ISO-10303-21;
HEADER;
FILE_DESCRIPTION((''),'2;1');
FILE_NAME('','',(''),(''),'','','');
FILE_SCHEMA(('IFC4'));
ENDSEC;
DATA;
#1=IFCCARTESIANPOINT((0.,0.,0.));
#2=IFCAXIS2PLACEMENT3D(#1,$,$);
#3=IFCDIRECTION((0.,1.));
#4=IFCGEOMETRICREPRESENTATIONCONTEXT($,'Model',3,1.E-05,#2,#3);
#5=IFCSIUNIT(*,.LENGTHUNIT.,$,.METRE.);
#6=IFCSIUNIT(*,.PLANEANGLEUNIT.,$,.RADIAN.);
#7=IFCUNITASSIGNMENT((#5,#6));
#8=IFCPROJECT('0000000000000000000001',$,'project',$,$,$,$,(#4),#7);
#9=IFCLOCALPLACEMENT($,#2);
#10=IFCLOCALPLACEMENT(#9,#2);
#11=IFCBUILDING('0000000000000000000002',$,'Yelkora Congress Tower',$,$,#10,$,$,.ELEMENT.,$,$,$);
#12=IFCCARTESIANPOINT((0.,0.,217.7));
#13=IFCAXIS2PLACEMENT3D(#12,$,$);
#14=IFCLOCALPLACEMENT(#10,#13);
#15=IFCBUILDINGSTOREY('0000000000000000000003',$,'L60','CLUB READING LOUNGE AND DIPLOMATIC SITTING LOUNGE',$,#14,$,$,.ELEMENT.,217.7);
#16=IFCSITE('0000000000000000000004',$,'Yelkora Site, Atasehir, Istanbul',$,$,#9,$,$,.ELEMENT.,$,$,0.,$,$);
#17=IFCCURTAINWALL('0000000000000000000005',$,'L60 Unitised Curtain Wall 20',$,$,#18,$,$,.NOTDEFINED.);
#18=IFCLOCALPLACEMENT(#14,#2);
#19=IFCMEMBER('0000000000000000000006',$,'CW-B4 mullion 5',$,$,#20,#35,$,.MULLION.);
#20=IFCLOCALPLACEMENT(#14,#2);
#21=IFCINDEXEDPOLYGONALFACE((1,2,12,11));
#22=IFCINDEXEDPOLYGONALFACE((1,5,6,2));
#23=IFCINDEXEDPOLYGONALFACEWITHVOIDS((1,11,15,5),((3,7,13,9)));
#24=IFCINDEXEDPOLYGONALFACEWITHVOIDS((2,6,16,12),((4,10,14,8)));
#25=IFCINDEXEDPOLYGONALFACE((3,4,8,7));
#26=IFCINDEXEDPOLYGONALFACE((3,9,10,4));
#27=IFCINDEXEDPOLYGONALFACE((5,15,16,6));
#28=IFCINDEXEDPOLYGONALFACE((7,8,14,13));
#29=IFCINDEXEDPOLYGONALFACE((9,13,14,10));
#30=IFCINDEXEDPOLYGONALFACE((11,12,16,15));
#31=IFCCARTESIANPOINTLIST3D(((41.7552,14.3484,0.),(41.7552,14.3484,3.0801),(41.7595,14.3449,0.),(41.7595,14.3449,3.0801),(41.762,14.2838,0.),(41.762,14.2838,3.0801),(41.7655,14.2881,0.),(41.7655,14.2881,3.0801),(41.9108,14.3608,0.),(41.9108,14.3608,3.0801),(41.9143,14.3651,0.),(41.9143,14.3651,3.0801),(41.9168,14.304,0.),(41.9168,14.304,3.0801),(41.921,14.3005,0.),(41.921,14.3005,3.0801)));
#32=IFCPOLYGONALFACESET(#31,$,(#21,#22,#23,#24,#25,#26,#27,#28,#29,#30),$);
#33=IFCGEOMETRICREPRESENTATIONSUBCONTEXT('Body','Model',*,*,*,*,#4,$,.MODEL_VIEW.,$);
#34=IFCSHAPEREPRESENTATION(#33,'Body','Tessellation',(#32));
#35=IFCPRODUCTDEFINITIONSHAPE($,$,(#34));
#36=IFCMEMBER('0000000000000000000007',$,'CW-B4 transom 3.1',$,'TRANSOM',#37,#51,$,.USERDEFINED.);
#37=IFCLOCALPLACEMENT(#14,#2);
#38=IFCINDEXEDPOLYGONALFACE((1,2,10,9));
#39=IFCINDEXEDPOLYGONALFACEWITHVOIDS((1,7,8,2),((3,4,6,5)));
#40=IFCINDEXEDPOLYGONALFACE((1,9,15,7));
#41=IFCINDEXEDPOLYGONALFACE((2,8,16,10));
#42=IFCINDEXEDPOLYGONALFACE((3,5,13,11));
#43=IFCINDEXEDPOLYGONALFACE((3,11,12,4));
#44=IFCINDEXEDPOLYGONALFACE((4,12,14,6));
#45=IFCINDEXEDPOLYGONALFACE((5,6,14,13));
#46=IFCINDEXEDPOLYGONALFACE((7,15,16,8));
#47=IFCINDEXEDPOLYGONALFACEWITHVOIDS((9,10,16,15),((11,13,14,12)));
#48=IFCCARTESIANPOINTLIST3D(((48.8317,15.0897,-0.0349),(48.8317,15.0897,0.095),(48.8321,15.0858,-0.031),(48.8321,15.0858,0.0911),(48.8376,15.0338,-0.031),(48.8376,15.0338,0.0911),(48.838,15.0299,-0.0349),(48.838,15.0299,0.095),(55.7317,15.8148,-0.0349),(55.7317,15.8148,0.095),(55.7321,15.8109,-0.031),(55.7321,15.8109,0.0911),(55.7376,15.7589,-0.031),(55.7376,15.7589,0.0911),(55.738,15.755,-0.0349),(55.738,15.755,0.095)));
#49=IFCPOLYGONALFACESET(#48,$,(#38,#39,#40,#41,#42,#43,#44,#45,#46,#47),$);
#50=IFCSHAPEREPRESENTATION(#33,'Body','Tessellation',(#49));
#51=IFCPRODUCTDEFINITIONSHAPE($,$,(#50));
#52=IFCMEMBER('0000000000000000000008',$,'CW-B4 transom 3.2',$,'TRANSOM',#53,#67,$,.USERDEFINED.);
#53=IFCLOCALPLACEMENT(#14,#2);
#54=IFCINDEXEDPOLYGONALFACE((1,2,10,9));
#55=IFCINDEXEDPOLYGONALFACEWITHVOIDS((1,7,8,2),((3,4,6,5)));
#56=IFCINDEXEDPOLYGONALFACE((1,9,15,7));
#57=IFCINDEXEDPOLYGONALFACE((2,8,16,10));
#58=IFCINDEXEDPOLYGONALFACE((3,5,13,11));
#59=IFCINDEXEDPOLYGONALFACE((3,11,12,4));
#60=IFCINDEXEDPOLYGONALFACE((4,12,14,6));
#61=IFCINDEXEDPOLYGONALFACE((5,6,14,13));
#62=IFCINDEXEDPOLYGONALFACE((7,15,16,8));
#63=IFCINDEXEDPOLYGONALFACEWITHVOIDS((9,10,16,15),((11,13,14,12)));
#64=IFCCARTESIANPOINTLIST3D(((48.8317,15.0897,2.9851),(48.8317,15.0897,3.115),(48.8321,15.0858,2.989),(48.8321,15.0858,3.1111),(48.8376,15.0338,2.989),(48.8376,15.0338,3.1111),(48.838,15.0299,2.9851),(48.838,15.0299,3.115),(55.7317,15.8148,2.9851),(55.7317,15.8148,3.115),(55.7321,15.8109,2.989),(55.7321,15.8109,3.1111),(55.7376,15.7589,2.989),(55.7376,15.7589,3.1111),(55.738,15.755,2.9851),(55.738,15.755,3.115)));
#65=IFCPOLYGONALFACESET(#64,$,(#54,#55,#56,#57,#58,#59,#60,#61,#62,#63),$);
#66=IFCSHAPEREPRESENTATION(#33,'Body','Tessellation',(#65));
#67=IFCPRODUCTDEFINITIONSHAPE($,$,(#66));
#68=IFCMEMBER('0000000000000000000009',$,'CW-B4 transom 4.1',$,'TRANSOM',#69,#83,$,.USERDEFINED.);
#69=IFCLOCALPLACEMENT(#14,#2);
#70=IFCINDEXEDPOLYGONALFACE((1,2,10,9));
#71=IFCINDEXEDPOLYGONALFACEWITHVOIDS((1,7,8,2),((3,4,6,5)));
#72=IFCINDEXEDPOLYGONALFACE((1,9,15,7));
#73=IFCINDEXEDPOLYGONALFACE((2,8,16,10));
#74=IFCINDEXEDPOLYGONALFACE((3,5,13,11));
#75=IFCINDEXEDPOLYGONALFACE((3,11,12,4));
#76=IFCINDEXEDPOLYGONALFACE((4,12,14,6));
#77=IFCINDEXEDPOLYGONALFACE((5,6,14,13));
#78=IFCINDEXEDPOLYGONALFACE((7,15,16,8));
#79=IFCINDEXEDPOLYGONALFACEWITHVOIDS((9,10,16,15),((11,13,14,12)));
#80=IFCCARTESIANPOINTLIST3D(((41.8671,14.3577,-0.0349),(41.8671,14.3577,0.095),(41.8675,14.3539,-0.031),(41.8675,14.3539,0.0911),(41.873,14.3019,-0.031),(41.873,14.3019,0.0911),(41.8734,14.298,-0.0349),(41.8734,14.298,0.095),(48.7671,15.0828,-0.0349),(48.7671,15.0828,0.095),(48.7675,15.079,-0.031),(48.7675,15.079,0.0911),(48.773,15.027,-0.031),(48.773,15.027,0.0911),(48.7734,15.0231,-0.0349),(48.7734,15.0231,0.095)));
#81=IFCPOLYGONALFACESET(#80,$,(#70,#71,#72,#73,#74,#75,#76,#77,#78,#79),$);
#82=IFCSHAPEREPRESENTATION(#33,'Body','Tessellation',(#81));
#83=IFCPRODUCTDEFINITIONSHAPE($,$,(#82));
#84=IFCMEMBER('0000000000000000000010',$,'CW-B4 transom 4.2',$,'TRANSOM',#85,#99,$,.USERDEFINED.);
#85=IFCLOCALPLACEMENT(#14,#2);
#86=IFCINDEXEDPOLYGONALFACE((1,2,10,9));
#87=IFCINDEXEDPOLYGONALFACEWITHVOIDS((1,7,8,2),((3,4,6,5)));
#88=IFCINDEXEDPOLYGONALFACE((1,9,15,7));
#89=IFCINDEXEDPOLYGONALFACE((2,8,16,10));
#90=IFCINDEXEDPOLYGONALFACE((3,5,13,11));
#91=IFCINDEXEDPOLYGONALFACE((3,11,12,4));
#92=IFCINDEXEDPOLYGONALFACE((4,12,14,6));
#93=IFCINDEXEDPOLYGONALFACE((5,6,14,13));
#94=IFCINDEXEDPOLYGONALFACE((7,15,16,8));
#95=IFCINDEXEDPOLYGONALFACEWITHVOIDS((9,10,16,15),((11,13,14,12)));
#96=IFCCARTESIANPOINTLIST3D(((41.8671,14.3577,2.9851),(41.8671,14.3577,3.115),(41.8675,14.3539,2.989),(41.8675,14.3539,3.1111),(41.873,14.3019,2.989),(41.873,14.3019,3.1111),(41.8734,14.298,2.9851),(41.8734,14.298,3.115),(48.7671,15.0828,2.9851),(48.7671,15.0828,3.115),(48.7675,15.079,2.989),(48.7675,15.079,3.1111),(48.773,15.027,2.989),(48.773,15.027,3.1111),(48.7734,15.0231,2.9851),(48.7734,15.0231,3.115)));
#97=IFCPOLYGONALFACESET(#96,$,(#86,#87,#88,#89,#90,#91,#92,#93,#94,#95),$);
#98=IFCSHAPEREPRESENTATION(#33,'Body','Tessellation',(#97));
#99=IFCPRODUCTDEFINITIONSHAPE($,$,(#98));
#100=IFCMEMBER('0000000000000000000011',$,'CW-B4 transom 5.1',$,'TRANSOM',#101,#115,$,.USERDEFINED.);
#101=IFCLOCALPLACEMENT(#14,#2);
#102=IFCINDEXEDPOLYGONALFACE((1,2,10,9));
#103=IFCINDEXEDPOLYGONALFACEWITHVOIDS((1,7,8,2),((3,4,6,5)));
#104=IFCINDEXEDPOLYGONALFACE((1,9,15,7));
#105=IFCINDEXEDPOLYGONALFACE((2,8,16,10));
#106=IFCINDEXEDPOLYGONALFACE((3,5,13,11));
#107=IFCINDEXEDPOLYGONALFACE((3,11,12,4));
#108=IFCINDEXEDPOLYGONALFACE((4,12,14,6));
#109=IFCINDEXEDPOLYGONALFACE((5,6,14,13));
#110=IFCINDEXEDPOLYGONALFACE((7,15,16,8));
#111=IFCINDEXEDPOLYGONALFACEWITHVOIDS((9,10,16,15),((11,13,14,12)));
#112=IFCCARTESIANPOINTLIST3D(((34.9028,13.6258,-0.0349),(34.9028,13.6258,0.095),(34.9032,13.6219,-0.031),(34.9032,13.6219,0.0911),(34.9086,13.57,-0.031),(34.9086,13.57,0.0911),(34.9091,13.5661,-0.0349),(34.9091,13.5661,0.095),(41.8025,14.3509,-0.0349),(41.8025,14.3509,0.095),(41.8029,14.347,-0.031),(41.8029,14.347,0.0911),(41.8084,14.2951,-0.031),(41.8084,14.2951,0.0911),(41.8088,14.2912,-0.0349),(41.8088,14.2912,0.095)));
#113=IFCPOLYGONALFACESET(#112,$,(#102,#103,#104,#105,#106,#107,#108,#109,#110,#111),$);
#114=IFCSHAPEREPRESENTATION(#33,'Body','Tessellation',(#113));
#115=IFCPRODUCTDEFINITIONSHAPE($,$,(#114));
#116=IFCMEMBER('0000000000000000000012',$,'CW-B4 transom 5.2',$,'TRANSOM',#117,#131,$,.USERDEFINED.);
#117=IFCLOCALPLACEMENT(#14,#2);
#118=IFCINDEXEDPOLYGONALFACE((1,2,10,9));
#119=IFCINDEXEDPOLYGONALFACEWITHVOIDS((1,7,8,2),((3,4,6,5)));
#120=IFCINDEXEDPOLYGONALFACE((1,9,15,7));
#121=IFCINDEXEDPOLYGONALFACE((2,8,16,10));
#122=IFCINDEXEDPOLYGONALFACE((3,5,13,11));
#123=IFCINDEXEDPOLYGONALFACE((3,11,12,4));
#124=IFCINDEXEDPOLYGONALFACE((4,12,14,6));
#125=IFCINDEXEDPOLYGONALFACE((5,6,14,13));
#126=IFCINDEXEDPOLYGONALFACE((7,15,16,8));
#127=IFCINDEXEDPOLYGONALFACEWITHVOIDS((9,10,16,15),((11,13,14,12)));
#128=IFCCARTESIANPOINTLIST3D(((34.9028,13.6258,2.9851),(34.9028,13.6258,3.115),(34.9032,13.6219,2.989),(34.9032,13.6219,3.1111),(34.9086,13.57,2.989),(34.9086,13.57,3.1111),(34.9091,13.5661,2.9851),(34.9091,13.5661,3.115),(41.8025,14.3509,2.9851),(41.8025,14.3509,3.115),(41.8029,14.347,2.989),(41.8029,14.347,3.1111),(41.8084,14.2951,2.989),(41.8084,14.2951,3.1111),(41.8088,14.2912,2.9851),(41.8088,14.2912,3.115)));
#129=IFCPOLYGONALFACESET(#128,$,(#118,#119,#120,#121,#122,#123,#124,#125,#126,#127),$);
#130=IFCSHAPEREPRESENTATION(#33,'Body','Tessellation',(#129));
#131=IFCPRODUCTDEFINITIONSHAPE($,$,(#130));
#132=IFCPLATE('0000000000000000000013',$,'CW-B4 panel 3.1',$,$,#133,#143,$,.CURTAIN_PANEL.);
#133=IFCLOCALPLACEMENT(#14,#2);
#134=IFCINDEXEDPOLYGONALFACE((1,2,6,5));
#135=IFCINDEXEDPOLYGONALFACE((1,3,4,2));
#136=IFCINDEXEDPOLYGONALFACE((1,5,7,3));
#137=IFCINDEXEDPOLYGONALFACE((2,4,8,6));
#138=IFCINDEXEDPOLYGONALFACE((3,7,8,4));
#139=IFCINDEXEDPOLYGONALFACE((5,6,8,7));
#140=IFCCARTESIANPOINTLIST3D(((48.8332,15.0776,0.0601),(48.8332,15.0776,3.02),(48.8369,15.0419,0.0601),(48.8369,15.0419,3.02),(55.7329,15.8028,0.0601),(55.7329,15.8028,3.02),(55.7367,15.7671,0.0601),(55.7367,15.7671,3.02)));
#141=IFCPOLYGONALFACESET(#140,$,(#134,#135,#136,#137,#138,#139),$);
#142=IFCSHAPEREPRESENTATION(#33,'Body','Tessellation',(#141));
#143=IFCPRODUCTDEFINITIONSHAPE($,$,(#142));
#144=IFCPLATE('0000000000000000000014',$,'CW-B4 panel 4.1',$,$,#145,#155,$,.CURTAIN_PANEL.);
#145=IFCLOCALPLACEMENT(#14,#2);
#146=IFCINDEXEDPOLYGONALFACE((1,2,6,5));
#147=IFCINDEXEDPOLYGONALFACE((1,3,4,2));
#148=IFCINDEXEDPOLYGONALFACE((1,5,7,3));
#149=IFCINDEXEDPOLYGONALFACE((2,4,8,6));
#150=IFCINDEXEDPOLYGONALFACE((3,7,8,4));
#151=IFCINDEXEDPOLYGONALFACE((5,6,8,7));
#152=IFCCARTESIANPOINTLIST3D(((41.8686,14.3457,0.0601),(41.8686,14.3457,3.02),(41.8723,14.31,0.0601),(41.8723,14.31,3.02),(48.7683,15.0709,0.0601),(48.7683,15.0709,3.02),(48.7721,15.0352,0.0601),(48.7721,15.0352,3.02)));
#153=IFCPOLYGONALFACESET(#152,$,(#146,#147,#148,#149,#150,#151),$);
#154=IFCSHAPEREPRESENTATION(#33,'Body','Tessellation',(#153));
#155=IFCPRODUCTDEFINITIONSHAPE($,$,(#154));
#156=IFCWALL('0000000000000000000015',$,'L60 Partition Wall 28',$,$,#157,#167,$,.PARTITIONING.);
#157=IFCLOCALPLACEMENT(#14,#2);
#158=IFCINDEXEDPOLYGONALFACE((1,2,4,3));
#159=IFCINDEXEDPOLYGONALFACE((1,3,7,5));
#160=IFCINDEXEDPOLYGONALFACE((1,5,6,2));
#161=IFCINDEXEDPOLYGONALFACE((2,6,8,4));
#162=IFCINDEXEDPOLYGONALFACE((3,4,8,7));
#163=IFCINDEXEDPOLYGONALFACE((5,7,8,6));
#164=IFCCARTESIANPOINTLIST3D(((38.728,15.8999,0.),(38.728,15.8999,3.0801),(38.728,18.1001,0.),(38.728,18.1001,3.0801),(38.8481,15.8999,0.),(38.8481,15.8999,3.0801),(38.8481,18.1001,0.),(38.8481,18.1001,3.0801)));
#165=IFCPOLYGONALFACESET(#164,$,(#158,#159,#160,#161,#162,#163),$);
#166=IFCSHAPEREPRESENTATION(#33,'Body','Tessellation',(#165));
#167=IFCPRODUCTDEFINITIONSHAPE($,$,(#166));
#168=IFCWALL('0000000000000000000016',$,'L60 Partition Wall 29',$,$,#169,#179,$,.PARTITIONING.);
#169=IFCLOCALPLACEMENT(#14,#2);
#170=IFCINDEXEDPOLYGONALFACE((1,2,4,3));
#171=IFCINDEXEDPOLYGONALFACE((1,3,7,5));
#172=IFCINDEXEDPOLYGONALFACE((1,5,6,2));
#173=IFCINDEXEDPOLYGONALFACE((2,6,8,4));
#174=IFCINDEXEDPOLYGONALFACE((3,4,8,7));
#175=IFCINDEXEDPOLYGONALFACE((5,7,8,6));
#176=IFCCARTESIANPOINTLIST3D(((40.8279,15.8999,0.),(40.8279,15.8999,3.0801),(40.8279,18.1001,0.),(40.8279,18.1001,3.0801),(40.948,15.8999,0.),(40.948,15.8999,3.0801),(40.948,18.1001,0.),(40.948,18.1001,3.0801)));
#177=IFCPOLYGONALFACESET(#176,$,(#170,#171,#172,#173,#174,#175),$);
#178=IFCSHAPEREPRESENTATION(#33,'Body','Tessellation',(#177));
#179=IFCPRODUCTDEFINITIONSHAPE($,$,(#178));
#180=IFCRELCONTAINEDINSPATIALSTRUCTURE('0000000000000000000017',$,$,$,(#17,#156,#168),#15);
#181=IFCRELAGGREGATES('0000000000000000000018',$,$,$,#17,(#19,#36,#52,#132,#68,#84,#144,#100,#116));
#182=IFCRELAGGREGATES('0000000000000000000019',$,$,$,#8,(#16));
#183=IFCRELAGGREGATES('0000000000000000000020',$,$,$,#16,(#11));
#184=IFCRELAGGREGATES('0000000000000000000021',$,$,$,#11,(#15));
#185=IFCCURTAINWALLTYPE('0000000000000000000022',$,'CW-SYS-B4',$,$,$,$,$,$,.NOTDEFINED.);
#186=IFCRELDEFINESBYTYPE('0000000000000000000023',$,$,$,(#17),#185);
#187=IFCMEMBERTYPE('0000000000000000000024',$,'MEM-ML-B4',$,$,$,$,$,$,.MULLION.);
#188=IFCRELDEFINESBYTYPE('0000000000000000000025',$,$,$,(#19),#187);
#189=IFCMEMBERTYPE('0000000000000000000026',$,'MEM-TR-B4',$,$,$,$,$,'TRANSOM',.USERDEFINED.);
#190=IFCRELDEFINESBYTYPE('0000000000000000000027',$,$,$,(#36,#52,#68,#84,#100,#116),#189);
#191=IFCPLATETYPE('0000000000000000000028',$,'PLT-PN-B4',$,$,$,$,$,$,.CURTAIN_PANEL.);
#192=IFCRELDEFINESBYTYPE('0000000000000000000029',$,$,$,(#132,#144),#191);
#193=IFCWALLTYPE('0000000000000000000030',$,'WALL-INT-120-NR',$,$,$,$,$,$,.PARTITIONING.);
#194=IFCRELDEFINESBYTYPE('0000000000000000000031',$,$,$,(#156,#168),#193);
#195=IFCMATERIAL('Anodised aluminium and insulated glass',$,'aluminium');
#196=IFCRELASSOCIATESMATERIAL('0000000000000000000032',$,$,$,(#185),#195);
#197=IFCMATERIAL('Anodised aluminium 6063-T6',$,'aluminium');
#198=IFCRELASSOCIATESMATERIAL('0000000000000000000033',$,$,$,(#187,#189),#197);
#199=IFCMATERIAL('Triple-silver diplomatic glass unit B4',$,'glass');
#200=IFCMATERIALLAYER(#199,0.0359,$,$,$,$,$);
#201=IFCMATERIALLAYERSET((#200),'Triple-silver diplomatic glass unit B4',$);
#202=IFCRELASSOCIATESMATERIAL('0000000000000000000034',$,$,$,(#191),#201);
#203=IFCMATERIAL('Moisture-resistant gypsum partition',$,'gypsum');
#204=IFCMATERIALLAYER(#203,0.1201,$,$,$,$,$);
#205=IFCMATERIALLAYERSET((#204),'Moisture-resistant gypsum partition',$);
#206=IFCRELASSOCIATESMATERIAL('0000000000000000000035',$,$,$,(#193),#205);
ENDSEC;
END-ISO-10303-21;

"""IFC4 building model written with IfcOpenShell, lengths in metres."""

from ifc_helpers import new_model, si_unit, direction, frame, frame_2d, origin, origin_2d, place, context, subcontext, project, spatial, rectangle, hollow_rectangle, extrude, material, layer, layer_set, material_profile, profile_set, type_object, element, aggregate, save


model = new_model("IFC4")

# Units and contexts
model_context = context("Model", 3, precision=1e-05, world=origin(), true_north=direction((0.0, 1.0)))
body_context = subcontext(model_context, "Body", "Model", "MODEL_VIEW")
ifc_project = project(units=[si_unit("LENGTHUNIT", "METRE"), si_unit("PLANEANGLEUNIT", "RADIAN")], contexts=[model_context])

# Site, building, storey
site_placement = place(None, origin())
site = spatial("IfcSite", under=ifc_project, at=site_placement, Name="Yelkora Site, Atasehir, Istanbul", CompositionType="ELEMENT", RefElevation=0.0)
building_placement = place(site_placement, origin())
building = spatial("IfcBuilding", under=site, at=building_placement, Name="Yelkora Congress Tower", CompositionType="ELEMENT")
storey_placement = place(building_placement, frame((0.0, 0.0, 217.7)))
storey = spatial("IfcBuildingStorey", under=building, at=storey_placement, Name="L60", Description="CLUB READING LOUNGE AND DIPLOMATIC SITTING LOUNGE", CompositionType="ELEMENT", Elevation=217.7)

# Curtain wall, members, plates
ifc_material_1 = material(Name="Anodised aluminium and insulated glass", Category="aluminium")
curtain_wall_type = type_object("IfcCurtainWallType", Name="CW-SYS-B4", PredefinedType="NOTDEFINED", material=ifc_material_1)
curtain_wall_placement = place(storey_placement, origin())
curtain_wall = element("IfcCurtainWall", 1, at=curtain_wall_placement, inside=storey, type_object=curtain_wall_type, Name="L60 Unitised Curtain Wall 20", PredefinedType="NOTDEFINED")
ifc_material_2 = material(Name="Anodised aluminium 6063-T6", Category="aluminium")
ifc_material_profile_1 = material_profile(ifc_material_2, hollow_rectangle(XDim=0.0649, YDim=0.1599, WallThickness=0.0039, at=origin_2d()), Name="ALU 65x160x4")
ifc_profile_set_1 = profile_set([ifc_material_profile_1], Name="Anodised aluminium 6063-T6")
member_type_1 = type_object("IfcMemberType", Name="MEM-ML-B4", PredefinedType="MULLION", material=ifc_profile_set_1)
member_1_placement = place(storey_placement, frame((41.8381, 14.3245, 0.0), z_axis=(0.0, 0.0, 1.0), x_axis=(0.104527, -0.994522, 0.0)))
member_1 = element("IfcMember", 2, at=member_1_placement, type_object=member_type_1, Name="CW-B4 mullion 5", PredefinedType="MULLION", context=body_context, shape_type="SweptSolid", body=[
    extrude(hollow_rectangle(XDim=0.0649, YDim=0.1599, WallThickness=0.0039, at=origin_2d()), origin(), (0.0, 0.0, 1.0), 3.0801),
])
ifc_material_profile_2 = material_profile(ifc_material_2, hollow_rectangle(XDim=0.0601, YDim=0.1299, WallThickness=0.0039, at=origin_2d()), Name="ALU 60x130x4")
ifc_profile_set_2 = profile_set([ifc_material_profile_2], Name="Anodised aluminium 6063-T6")
member_type_2 = type_object("IfcMemberType", Name="MEM-TR-B4", ElementType="TRANSOM", PredefinedType="USERDEFINED", material=ifc_profile_set_2)
member_2_placement = place(storey_placement, frame((55.7349, 15.7849, 0.03), z_axis=(-0.994524, -0.104513, 0.0), x_axis=(0.104513, -0.994524, 0.0)))
member_2 = element("IfcMember", 3, at=member_2_placement, type_object=member_type_2, Name="CW-B4 transom 3.1", ObjectType="TRANSOM", PredefinedType="USERDEFINED", context=body_context, shape_type="SweptSolid", body=[
    extrude(hollow_rectangle(XDim=0.0601, YDim=0.1299, WallThickness=0.0039, at=origin_2d()), origin(), (0.0, 0.0, 1.0), 6.938),
])
member_3_placement = place(storey_placement, frame((55.7349, 15.7849, 3.05), z_axis=(-0.994524, -0.104513, 0.0), x_axis=(0.104513, -0.994524, 0.0)))
member_3 = element("IfcMember", 4, at=member_3_placement, type_object=member_type_2, Name="CW-B4 transom 3.2", ObjectType="TRANSOM", PredefinedType="USERDEFINED", context=body_context, shape_type="SweptSolid", body=[
    extrude(hollow_rectangle(XDim=0.0601, YDim=0.1299, WallThickness=0.0039, at=origin_2d()), origin(), (0.0, 0.0, 1.0), 6.938),
])
member_4_placement = place(storey_placement, frame((48.7703, 15.053, 0.03), z_axis=(-0.994524, -0.104513, 0.0), x_axis=(0.104513, -0.994524, 0.0)))
member_4 = element("IfcMember", 5, at=member_4_placement, type_object=member_type_2, Name="CW-B4 transom 4.1", ObjectType="TRANSOM", PredefinedType="USERDEFINED", context=body_context, shape_type="SweptSolid", body=[
    extrude(hollow_rectangle(XDim=0.0601, YDim=0.1299, WallThickness=0.0039, at=origin_2d()), origin(), (0.0, 0.0, 1.0), 6.938),
])
member_5_placement = place(storey_placement, frame((48.7703, 15.053, 3.05), z_axis=(-0.994524, -0.104513, 0.0), x_axis=(0.104513, -0.994524, 0.0)))
member_5 = element("IfcMember", 6, at=member_5_placement, type_object=member_type_2, Name="CW-B4 transom 4.2", ObjectType="TRANSOM", PredefinedType="USERDEFINED", context=body_context, shape_type="SweptSolid", body=[
    extrude(hollow_rectangle(XDim=0.0601, YDim=0.1299, WallThickness=0.0039, at=origin_2d()), origin(), (0.0, 0.0, 1.0), 6.938),
])
member_6_placement = place(storey_placement, frame((41.8057, 14.321, 0.03), z_axis=(-0.994523, -0.104516, 0.0), x_axis=(0.104516, -0.994523, 0.0)))
member_6 = element("IfcMember", 7, at=member_6_placement, type_object=member_type_2, Name="CW-B4 transom 5.1", ObjectType="TRANSOM", PredefinedType="USERDEFINED", context=body_context, shape_type="SweptSolid", body=[
    extrude(hollow_rectangle(XDim=0.0601, YDim=0.1299, WallThickness=0.0039, at=origin_2d()), origin(), (0.0, 0.0, 1.0), 6.9377),
])
member_7_placement = place(storey_placement, frame((41.8057, 14.321, 3.05), z_axis=(-0.994523, -0.104516, 0.0), x_axis=(0.104516, -0.994523, 0.0)))
member_7 = element("IfcMember", 8, at=member_7_placement, type_object=member_type_2, Name="CW-B4 transom 5.2", ObjectType="TRANSOM", PredefinedType="USERDEFINED", context=body_context, shape_type="SweptSolid", body=[
    extrude(hollow_rectangle(XDim=0.0601, YDim=0.1299, WallThickness=0.0039, at=origin_2d()), origin(), (0.0, 0.0, 1.0), 6.9377),
])
ifc_material_3 = material(Name="Triple-silver diplomatic glass unit B4", Category="glass")
ifc_layer_1 = layer(ifc_material_3, 0.0359)
ifc_layer_set_1 = layer_set([ifc_layer_1], Name="Triple-silver diplomatic glass unit B4")
plate_type = type_object("IfcPlateType", Name="PLT-PN-B4", PredefinedType="CURTAIN_PANEL", material=ifc_layer_set_1)
plate_1_placement = place(storey_placement, frame((52.2849, 15.4224, 0.0601), z_axis=(0.0, 0.0, 1.0), x_axis=(-0.994522, -0.104527, 0.0)))
plate_1 = element("IfcPlate", 9, at=plate_1_placement, type_object=plate_type, Name="CW-B4 panel 3.1", PredefinedType="CURTAIN_PANEL", context=body_context, shape_type="SweptSolid", body=[
    extrude(rectangle(XDim=6.9377, YDim=0.0359, at=origin_2d()), origin(), (0.0, 0.0, 1.0), 2.96),
])
plate_2_placement = place(storey_placement, frame((45.3203, 14.6904, 0.0601), z_axis=(0.0, 0.0, 1.0), x_axis=(-0.994522, -0.104527, 0.0)))
plate_2 = element("IfcPlate", 10, at=plate_2_placement, type_object=plate_type, Name="CW-B4 panel 4.1", PredefinedType="CURTAIN_PANEL", context=body_context, shape_type="SweptSolid", body=[
    extrude(rectangle(XDim=6.9377, YDim=0.0359, at=origin_2d()), origin(), (0.0, 0.0, 1.0), 2.96),
])
aggregate(curtain_wall, [member_1, member_2, member_3, plate_1, member_4, member_5, plate_2, member_6, member_7])

# Walls
ifc_material_4 = material(Name="Moisture-resistant gypsum partition", Category="gypsum")
ifc_layer_2 = layer(ifc_material_4, 0.1201)
ifc_layer_set_2 = layer_set([ifc_layer_2], Name="Moisture-resistant gypsum partition")
wall_type_1 = type_object("IfcWallType", Name="WALL-INT-120-NR", PredefinedType="PARTITIONING", material=ifc_layer_set_2)
for number, where, z_axis, x_axis, name in (
    (11, (38.7881, 15.8999, 0.0), (0.0, 0.0, 1.0), (0.0, 1.0, 0.0), "L60 Partition Wall 28"),
    (12, (40.8879, 15.8999, 0.0), (0.0, 0.0, 1.0), (0.0, 1.0, 0.0), "L60 Partition Wall 29"),
):
    element("IfcWall", number, at=place(storey_placement, frame(where, z_axis=z_axis, x_axis=x_axis)), inside=storey, type_object=wall_type_1, Name=name, PredefinedType="PARTITIONING", context=body_context, shape_type="SweptSolid", body=[
        extrude(rectangle(XDim=2.2002, YDim=0.1201, at=frame_2d((1.1001, 0.0))), origin(), (0.0, 0.0, 1.0), 3.0801),
    ])

save(model, "model.ifc")
